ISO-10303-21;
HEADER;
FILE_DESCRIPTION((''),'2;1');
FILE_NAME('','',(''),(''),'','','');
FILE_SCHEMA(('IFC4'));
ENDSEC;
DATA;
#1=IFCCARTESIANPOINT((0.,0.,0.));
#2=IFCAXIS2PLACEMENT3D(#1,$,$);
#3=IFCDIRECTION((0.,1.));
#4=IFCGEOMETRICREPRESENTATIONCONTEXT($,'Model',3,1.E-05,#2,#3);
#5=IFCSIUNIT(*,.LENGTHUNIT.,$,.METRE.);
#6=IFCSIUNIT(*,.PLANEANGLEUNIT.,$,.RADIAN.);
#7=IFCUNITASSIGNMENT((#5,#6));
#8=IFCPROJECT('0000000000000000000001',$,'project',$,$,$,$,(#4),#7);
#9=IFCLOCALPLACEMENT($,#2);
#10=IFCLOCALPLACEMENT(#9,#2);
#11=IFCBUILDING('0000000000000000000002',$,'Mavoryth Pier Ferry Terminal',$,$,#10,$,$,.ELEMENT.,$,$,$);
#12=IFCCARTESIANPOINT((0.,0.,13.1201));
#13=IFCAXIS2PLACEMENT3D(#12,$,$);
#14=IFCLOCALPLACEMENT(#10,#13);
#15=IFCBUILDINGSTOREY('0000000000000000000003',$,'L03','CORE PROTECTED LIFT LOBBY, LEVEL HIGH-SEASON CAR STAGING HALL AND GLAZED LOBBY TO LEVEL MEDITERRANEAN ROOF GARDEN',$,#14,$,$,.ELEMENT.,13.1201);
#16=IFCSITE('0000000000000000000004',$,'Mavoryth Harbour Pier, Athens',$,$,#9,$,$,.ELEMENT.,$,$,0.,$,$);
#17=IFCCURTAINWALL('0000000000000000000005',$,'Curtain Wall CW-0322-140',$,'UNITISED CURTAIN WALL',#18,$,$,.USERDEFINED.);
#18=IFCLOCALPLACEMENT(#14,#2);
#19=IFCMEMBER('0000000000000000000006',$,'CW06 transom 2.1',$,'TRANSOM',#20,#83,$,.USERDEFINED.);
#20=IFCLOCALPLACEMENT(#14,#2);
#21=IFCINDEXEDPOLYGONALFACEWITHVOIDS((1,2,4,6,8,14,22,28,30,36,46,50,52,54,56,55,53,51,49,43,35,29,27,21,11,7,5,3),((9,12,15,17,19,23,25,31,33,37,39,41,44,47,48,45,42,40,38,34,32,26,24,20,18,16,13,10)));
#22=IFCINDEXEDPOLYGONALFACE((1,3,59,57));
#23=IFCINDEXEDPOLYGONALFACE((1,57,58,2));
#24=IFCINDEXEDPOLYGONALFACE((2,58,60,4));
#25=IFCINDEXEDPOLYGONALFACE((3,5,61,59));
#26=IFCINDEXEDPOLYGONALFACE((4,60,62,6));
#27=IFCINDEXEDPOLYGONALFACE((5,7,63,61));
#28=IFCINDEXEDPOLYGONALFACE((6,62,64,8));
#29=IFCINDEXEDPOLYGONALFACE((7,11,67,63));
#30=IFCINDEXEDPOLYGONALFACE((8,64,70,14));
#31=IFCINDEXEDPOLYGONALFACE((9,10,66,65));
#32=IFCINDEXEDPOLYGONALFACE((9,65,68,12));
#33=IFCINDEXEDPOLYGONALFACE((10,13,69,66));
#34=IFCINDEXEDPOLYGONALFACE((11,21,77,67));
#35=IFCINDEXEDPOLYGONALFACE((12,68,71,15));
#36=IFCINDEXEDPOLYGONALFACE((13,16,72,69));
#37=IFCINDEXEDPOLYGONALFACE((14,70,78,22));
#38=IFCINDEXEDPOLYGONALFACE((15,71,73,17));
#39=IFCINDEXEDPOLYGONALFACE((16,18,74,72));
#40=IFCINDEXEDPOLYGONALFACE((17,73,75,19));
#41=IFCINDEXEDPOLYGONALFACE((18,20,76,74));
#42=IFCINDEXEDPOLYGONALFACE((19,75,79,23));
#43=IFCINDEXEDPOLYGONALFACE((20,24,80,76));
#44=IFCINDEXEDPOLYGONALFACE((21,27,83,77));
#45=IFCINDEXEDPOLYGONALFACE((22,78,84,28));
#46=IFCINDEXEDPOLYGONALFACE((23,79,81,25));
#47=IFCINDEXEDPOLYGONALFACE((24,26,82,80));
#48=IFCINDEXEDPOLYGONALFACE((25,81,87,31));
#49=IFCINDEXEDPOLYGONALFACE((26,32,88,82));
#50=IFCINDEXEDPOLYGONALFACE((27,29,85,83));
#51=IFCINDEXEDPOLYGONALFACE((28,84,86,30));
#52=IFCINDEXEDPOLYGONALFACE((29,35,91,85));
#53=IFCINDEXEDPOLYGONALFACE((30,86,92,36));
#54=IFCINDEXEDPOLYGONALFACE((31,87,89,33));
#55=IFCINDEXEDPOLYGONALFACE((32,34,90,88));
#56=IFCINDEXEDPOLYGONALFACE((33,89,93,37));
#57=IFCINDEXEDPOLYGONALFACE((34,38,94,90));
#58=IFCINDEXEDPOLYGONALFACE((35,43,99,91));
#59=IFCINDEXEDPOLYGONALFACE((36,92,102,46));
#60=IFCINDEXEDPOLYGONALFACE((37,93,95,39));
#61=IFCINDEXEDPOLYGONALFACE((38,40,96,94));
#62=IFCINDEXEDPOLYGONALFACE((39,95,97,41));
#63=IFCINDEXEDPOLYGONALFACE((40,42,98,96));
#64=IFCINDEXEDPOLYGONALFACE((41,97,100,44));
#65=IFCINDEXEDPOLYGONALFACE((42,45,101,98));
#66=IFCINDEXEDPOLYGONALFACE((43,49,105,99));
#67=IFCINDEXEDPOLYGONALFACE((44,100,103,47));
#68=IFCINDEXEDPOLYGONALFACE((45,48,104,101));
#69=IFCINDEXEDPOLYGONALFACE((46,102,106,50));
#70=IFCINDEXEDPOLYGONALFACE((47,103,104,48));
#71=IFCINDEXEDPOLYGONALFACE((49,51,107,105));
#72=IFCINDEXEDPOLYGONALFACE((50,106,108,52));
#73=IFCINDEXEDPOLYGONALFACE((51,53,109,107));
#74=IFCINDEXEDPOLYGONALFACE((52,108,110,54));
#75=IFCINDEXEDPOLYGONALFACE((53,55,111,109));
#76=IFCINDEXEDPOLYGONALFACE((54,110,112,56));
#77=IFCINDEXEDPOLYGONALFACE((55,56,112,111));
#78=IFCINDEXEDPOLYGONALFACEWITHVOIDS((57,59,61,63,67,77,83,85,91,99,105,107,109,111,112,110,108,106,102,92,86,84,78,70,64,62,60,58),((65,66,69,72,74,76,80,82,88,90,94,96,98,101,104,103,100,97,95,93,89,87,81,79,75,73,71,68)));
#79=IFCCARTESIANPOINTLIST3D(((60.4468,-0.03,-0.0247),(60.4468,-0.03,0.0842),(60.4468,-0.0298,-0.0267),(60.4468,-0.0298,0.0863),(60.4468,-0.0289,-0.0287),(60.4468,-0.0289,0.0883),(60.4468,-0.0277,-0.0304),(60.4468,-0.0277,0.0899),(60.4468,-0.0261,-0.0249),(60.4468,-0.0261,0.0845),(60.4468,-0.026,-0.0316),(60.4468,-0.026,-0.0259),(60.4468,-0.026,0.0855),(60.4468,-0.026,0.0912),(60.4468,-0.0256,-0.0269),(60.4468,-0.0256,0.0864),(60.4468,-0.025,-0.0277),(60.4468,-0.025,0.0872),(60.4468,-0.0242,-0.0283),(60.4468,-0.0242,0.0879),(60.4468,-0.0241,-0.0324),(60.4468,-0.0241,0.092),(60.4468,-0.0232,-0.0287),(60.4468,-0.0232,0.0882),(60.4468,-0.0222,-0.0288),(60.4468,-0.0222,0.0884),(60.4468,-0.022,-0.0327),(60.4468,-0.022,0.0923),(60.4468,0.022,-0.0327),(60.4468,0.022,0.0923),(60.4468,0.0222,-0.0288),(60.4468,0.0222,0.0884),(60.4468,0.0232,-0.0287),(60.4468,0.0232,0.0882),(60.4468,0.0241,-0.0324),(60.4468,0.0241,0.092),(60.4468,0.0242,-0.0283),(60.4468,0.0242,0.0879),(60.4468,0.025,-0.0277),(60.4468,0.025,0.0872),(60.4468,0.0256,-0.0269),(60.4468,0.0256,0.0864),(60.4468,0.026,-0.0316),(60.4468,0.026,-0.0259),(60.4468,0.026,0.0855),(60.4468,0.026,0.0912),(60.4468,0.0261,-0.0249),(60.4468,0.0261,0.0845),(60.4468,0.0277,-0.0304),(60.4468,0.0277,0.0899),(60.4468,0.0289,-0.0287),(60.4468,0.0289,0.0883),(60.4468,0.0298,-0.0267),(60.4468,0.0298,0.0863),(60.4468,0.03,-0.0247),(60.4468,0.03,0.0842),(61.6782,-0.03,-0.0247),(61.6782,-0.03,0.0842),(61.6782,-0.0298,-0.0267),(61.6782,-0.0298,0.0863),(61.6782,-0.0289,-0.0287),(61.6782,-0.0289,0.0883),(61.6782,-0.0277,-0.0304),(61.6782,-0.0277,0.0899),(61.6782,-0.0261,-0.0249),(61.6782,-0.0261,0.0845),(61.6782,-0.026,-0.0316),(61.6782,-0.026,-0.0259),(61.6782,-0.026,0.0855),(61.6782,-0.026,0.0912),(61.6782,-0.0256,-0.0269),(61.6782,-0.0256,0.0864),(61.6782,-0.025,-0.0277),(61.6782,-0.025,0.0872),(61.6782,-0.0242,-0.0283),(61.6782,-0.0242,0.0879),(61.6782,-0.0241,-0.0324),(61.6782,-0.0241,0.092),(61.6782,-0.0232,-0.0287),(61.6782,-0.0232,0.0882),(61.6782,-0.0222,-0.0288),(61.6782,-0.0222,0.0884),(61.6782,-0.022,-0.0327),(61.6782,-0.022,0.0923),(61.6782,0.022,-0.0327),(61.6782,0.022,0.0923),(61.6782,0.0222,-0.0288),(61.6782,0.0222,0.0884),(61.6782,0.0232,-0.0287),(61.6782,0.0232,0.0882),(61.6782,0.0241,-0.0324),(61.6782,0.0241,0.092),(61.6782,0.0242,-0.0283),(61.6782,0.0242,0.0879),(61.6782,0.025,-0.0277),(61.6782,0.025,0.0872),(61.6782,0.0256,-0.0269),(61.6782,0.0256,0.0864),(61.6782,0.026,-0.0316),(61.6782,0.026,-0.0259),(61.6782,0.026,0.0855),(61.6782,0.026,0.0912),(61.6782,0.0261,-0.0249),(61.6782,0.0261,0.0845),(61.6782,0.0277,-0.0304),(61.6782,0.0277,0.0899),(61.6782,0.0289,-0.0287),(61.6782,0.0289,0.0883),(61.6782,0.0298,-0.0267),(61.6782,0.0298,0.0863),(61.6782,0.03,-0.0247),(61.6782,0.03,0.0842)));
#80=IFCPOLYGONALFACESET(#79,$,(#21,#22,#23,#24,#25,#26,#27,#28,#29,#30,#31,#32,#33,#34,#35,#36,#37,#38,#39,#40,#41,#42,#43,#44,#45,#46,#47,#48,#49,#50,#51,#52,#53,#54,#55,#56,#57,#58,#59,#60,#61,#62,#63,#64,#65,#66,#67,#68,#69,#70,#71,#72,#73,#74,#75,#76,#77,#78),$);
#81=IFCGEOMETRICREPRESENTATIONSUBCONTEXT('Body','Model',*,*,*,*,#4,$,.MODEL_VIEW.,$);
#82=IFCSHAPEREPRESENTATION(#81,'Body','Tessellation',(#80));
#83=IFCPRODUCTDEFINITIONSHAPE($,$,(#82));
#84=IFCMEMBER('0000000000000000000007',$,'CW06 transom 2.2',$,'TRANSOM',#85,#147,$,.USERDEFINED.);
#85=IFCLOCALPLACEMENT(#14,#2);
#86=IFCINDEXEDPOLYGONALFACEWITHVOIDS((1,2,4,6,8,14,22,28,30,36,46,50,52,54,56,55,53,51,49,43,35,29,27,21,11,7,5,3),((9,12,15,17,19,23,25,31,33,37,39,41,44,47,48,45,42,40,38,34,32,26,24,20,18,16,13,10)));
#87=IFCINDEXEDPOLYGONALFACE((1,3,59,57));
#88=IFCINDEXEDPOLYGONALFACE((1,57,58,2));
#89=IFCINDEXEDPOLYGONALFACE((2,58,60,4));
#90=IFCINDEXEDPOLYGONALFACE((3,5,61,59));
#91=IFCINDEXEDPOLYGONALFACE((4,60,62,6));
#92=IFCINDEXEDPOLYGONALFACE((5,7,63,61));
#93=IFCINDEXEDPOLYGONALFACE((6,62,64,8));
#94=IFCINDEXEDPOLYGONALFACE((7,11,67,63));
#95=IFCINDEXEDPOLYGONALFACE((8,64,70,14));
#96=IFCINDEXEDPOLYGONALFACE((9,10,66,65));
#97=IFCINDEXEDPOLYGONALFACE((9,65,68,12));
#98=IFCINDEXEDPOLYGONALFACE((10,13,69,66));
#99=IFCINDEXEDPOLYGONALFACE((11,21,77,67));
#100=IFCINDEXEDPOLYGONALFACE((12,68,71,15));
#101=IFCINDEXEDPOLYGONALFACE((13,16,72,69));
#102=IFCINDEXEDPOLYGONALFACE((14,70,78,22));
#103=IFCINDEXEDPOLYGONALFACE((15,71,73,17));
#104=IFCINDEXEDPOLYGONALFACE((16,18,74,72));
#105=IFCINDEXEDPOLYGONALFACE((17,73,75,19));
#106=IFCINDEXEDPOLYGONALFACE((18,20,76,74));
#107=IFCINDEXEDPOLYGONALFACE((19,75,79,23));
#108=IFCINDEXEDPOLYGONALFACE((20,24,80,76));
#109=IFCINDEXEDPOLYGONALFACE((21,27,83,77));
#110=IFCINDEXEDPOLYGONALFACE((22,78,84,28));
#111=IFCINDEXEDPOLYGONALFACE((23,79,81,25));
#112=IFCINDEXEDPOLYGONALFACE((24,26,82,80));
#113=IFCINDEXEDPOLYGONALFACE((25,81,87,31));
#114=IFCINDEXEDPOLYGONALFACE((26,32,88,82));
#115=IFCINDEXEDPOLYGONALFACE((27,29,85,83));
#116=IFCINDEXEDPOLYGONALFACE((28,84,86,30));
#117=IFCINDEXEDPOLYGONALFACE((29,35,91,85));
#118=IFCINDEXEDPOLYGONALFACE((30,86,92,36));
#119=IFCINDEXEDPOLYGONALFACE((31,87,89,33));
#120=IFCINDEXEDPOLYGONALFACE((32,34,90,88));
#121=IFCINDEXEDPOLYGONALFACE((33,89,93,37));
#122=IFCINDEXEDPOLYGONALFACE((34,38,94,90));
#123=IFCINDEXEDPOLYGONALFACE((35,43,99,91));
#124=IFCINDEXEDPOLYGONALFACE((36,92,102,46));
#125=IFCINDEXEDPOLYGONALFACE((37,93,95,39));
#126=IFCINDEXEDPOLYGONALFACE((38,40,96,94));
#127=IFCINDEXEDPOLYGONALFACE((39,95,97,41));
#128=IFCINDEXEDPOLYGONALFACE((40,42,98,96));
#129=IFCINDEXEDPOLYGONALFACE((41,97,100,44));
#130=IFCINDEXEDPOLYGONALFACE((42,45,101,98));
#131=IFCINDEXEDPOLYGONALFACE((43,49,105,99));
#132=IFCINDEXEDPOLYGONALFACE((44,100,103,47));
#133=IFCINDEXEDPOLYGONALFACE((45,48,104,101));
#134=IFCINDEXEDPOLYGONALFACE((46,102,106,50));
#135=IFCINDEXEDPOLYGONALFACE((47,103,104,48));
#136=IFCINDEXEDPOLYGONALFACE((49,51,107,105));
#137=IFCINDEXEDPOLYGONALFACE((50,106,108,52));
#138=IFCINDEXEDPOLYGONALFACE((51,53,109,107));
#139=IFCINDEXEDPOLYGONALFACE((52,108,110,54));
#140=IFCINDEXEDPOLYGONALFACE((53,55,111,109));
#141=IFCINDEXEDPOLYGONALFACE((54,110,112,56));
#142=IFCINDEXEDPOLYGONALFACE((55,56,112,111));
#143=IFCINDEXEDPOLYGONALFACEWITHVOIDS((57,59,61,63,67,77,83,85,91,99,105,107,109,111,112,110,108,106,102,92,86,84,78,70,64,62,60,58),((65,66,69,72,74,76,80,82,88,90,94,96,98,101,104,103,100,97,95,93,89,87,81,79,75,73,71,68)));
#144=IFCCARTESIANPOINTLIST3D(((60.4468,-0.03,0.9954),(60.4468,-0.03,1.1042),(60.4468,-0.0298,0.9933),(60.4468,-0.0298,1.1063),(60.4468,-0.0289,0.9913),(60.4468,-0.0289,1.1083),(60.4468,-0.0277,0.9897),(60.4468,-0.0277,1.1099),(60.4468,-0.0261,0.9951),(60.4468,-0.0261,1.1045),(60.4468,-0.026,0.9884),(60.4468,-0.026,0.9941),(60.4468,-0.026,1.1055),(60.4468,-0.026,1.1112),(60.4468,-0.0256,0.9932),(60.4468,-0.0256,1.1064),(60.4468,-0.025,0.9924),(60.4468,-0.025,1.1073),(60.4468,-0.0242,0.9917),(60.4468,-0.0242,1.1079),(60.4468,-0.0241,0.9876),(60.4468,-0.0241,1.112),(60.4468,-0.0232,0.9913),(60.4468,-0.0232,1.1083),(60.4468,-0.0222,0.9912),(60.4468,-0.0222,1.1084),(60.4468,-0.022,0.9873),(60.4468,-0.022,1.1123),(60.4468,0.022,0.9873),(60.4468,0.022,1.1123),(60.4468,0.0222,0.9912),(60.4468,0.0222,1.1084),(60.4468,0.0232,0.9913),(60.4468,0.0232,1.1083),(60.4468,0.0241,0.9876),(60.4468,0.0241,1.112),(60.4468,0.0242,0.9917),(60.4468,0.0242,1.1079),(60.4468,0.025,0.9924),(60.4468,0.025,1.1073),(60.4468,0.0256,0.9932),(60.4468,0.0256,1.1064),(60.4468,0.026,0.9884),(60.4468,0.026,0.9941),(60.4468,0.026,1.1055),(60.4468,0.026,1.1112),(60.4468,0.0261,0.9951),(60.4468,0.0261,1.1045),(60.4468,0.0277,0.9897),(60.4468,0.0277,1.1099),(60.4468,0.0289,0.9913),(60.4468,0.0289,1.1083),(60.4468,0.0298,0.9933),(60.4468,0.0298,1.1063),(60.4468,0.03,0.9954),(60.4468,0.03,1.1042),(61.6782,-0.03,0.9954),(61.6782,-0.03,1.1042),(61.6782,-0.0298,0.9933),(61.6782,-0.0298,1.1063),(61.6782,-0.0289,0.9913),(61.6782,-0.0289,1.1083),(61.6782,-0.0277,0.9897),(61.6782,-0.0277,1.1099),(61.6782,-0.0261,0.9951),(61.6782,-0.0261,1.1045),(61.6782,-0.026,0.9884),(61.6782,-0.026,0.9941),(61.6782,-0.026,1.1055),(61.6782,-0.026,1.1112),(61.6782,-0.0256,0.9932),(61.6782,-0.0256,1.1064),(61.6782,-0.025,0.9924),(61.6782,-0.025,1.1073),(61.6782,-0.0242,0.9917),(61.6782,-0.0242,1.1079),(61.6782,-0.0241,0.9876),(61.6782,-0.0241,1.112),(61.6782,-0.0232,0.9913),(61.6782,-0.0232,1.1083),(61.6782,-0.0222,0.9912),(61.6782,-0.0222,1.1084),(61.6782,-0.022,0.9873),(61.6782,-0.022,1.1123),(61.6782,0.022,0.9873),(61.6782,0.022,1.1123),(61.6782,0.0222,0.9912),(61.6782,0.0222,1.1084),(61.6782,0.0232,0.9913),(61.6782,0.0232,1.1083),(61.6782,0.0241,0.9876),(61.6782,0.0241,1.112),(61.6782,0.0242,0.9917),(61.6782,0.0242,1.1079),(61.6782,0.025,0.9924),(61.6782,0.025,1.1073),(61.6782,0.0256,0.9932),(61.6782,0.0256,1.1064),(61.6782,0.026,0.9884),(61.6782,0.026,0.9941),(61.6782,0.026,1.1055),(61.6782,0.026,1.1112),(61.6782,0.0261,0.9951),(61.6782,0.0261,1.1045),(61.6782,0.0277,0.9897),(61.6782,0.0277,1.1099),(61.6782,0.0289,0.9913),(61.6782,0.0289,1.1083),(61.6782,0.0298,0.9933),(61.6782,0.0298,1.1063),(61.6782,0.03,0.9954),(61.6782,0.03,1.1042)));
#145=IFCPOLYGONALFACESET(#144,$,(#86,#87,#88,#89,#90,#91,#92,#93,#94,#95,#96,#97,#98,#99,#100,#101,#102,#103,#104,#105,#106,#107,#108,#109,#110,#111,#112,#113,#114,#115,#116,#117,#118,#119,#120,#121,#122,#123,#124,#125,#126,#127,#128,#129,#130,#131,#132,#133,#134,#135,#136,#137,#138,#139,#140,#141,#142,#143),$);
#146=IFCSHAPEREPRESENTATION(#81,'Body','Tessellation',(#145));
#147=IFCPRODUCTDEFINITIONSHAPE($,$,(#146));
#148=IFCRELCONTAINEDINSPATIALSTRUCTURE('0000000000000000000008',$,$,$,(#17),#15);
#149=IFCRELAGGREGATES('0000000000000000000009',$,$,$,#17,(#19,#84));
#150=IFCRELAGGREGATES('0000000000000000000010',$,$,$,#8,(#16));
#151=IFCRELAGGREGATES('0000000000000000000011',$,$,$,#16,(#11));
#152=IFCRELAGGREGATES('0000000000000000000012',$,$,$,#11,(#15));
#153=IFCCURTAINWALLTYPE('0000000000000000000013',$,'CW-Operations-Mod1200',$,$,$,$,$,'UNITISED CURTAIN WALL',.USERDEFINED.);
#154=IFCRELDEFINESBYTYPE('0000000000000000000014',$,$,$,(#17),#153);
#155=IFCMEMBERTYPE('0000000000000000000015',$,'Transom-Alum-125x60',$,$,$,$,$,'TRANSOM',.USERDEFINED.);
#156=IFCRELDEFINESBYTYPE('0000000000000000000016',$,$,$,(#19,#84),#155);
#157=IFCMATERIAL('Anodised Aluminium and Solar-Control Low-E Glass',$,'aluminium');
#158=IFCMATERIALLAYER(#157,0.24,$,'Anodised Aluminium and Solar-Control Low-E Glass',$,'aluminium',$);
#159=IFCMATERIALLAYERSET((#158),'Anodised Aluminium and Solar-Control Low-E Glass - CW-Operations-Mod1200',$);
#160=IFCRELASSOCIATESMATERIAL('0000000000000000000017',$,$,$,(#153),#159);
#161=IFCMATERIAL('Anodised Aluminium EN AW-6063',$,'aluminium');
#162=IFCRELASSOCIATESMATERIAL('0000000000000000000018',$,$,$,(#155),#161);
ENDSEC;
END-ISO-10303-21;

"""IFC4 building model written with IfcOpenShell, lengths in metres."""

from ifc_helpers import new_model, si_unit, direction, frame, origin, origin_2d, place, context, subcontext, project, spatial, hollow_rectangle, extrude, material, layer, layer_set, material_profile, profile_set, type_object, element, aggregate, save


model = new_model("IFC4")

# Units and contexts
model_context = context("Model", 3, precision=1e-05, world=origin(), true_north=direction((0.0, 1.0)))
body_context = subcontext(model_context, "Body", "Model", "MODEL_VIEW")
ifc_project = project(units=[si_unit("LENGTHUNIT", "METRE"), si_unit("PLANEANGLEUNIT", "RADIAN")], contexts=[model_context])

# Site, building, storey
site_placement = place(None, origin())
site = spatial("IfcSite", under=ifc_project, at=site_placement, Name="Mavoryth Harbour Pier, Athens", CompositionType="ELEMENT", RefElevation=0.0)
building_placement = place(site_placement, origin())
building = spatial("IfcBuilding", under=site, at=building_placement, Name="Mavoryth Pier Ferry Terminal", CompositionType="ELEMENT")
storey_placement = place(building_placement, frame((0.0, 0.0, 13.1201)))
storey = spatial("IfcBuildingStorey", under=building, at=storey_placement, Name="L03", Description="CORE PROTECTED LIFT LOBBY, LEVEL HIGH-SEASON CAR STAGING HALL AND GLAZED LOBBY TO LEVEL MEDITERRANEAN ROOF GARDEN", CompositionType="ELEMENT", Elevation=13.1201)

# Curtain wall, members
ifc_material_1 = material(Name="Anodised Aluminium and Solar-Control Low-E Glass", Category="aluminium")
ifc_layer_1 = layer(ifc_material_1, 0.24, Name="Anodised Aluminium and Solar-Control Low-E Glass", Category="aluminium")
ifc_layer_set_1 = layer_set([ifc_layer_1], Name="Anodised Aluminium and Solar-Control Low-E Glass - CW-Operations-Mod1200")
curtain_wall_type = type_object("IfcCurtainWallType", Name="CW-Operations-Mod1200", ElementType="UNITISED CURTAIN WALL", PredefinedType="USERDEFINED", material=ifc_layer_set_1)
curtain_wall_placement = place(storey_placement, origin())
curtain_wall = element("IfcCurtainWall", 1, at=curtain_wall_placement, inside=storey, type_object=curtain_wall_type, Name="Curtain Wall CW-0322-140", ObjectType="UNITISED CURTAIN WALL", PredefinedType="USERDEFINED")
ifc_material_2 = material(Name="Anodised Aluminium EN AW-6063", Category="aluminium")
ifc_material_profile_1 = material_profile(ifc_material_2, hollow_rectangle(XDim=0.0601, YDim=0.125, WallThickness=0.0039, InnerFilletRadius=0.0039, OuterFilletRadius=0.0081, at=origin_2d()), Name="AL-TRAN 125x60x4", Category="aluminium")
ifc_profile_set_1 = profile_set([ifc_material_profile_1], Name="Anodised Aluminium EN AW-6063 - AL-TRAN 125x60x4")
member_type_1 = type_object("IfcMemberType", Name="Transom-Alum-125x60", ElementType="TRANSOM", PredefinedType="USERDEFINED", material=ifc_profile_set_1)
member_1_placement = place(storey_placement, frame((60.4468, 0.0, 0.0298), z_axis=(1.0, 0.0, 0.0), x_axis=(0.0, 1.0, 0.0)))
member_1 = element("IfcMember", 2, at=member_1_placement, type_object=member_type_1, Name="CW06 transom 2.1", ObjectType="TRANSOM", PredefinedType="USERDEFINED", context=body_context, shape_type="SweptSolid", body=[
    extrude(hollow_rectangle(XDim=0.0601, YDim=0.125, WallThickness=0.0039, InnerFilletRadius=0.0039, OuterFilletRadius=0.0081, at=origin_2d()), origin(), (0.0, 0.0, 1.0), 1.2314),
])
member_2_placement = place(storey_placement, frame((60.4468, 0.0, 1.0498), z_axis=(1.0, 0.0, 0.0), x_axis=(0.0, 1.0, 0.0)))
member_2 = element("IfcMember", 3, at=member_2_placement, type_object=member_type_1, Name="CW06 transom 2.2", ObjectType="TRANSOM", PredefinedType="USERDEFINED", context=body_context, shape_type="SweptSolid", body=[
    extrude(hollow_rectangle(XDim=0.0601, YDim=0.125, WallThickness=0.0039, InnerFilletRadius=0.0039, OuterFilletRadius=0.0081, at=origin_2d()), origin(), (0.0, 0.0, 1.0), 1.2314),
])
aggregate(curtain_wall, [member_1, member_2])

save(model, "model.ifc")
